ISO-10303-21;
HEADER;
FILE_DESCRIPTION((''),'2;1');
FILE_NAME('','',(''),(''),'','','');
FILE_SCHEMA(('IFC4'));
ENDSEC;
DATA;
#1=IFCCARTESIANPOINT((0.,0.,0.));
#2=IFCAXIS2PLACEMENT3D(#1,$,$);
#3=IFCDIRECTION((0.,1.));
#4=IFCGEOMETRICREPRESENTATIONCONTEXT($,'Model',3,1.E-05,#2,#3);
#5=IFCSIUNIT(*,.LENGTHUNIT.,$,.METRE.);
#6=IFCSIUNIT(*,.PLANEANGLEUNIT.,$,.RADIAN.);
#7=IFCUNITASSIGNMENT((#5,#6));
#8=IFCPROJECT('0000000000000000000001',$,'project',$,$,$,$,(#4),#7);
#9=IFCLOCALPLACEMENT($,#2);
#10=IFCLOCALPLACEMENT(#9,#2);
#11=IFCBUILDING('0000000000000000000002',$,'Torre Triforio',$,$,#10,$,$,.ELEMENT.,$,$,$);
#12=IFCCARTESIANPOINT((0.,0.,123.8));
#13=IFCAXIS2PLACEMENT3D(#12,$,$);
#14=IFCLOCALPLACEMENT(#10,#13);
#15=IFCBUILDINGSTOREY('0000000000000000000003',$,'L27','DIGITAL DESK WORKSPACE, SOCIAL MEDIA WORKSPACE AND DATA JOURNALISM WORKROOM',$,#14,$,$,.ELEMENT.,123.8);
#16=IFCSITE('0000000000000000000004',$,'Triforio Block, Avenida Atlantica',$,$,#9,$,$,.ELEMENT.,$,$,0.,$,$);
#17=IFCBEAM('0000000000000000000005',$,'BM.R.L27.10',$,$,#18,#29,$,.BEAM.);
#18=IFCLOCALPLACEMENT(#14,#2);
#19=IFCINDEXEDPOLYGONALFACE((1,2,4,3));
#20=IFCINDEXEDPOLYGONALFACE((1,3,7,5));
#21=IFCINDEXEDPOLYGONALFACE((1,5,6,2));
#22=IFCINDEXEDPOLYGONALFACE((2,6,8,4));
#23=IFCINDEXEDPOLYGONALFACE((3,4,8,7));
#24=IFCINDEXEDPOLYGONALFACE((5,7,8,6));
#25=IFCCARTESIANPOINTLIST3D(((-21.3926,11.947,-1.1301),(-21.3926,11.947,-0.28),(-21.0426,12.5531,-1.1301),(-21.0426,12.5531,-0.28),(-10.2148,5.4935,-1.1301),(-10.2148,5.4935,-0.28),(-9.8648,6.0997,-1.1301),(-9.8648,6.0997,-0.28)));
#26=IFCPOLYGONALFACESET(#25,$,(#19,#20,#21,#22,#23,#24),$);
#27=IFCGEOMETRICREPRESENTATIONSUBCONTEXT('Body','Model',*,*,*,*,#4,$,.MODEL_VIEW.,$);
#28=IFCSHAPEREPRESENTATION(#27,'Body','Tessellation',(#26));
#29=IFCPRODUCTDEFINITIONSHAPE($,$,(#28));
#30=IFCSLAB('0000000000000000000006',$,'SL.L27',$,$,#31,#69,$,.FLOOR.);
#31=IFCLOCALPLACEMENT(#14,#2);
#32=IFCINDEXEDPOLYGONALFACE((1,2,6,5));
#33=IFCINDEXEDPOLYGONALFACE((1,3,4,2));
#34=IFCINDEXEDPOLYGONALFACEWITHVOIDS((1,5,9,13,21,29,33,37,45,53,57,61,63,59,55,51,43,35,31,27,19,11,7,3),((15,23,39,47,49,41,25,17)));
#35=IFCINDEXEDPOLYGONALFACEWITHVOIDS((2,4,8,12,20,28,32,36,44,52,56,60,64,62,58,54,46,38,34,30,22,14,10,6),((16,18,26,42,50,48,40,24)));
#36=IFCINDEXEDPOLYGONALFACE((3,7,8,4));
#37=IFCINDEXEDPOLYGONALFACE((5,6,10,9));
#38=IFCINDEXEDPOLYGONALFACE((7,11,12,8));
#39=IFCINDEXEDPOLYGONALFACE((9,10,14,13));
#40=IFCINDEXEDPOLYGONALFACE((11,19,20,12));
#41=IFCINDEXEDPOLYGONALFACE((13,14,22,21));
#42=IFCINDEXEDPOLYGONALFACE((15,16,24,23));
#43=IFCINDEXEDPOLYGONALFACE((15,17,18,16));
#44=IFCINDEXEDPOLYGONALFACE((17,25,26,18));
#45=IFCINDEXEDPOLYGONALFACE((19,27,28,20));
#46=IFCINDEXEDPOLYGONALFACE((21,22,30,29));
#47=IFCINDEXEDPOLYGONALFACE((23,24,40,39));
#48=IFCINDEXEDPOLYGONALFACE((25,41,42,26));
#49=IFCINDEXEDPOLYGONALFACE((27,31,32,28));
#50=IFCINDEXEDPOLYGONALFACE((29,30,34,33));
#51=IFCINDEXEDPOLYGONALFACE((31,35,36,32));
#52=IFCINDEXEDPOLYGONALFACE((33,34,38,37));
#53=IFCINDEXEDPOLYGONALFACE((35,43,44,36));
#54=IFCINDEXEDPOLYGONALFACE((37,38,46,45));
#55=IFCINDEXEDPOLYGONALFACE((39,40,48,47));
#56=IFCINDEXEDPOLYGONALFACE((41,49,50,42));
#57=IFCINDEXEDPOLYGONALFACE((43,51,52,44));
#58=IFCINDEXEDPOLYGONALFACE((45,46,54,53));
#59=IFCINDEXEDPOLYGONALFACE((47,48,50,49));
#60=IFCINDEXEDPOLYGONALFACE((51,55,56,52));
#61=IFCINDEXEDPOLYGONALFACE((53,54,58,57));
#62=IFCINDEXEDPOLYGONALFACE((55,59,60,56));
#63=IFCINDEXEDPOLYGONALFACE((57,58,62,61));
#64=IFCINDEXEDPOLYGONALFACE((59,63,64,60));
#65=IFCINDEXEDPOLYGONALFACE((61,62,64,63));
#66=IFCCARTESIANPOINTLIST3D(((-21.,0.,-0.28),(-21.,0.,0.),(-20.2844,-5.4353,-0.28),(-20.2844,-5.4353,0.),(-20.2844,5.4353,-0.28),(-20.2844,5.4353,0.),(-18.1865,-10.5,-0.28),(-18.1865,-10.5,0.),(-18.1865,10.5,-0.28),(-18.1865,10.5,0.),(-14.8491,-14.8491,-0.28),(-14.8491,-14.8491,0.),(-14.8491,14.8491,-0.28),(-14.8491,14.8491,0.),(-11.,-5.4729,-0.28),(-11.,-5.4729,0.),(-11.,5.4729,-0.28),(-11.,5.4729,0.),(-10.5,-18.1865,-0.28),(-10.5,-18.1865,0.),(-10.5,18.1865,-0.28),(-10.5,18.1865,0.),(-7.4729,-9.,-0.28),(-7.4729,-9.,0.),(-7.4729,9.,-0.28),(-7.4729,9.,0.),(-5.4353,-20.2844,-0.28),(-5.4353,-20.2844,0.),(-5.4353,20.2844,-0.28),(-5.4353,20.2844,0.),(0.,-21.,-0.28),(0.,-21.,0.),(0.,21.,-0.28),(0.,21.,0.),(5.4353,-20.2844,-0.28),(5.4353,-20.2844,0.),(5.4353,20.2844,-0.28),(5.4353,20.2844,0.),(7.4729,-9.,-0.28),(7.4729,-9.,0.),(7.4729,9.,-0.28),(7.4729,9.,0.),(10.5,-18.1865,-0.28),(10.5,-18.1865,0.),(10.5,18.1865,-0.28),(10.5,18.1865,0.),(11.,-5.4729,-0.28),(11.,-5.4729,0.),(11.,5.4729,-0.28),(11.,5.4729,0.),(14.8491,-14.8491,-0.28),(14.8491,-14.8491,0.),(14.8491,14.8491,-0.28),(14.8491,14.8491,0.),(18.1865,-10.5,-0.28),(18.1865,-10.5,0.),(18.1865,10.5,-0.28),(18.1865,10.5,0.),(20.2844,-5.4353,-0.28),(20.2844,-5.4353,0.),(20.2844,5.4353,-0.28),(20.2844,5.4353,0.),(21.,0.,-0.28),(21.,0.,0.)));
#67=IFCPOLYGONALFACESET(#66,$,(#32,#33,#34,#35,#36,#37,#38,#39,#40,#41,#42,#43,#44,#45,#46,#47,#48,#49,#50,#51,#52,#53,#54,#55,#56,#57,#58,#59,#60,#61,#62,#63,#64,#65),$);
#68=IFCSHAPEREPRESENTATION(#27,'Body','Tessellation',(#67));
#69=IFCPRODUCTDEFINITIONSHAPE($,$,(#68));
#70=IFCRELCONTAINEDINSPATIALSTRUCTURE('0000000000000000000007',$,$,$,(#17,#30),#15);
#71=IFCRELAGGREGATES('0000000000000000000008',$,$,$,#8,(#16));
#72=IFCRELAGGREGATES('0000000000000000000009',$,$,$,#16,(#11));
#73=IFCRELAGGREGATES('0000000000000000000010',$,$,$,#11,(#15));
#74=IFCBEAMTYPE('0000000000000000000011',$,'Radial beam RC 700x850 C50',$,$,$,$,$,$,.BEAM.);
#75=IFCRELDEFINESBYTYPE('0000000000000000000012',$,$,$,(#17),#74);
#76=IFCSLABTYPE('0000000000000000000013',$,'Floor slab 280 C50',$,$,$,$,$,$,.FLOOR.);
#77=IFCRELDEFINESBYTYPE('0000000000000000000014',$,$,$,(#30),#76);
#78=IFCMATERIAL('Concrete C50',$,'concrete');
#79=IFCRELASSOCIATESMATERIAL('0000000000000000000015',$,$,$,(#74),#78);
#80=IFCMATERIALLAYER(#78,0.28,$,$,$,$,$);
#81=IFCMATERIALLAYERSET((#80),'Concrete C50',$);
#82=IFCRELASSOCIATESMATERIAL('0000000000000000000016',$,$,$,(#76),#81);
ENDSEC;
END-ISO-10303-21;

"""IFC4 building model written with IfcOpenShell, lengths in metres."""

from ifc_helpers import new_model, si_unit, direction, frame, origin, origin_2d, place, context, subcontext, project, spatial, polyline, rectangle, outline, extrude, material, layer, layer_set, material_profile, profile_set, type_object, element, save


model = new_model("IFC4")

# Units and contexts
model_context = context("Model", 3, precision=1e-05, world=origin(), true_north=direction((0.0, 1.0)))
body_context = subcontext(model_context, "Body", "Model", "MODEL_VIEW")
ifc_project = project(units=[si_unit("LENGTHUNIT", "METRE"), si_unit("PLANEANGLEUNIT", "RADIAN")], contexts=[model_context])

# Site, building, storey
site_placement = place(None, origin())
site = spatial("IfcSite", under=ifc_project, at=site_placement, Name="Triforio Block, Avenida Atlantica", CompositionType="ELEMENT", RefElevation=0.0)
building_placement = place(site_placement, origin())
building = spatial("IfcBuilding", under=site, at=building_placement, Name="Torre Triforio", CompositionType="ELEMENT")
storey_placement = place(building_placement, frame((0.0, 0.0, 123.8)))
storey = spatial("IfcBuildingStorey", under=building, at=storey_placement, Name="L27", Description="DIGITAL DESK WORKSPACE, SOCIAL MEDIA WORKSPACE AND DATA JOURNALISM WORKROOM", CompositionType="ELEMENT", Elevation=123.8)

# Beam
ifc_material_1 = material(Name="Concrete C50", Category="concrete")
ifc_material_profile = material_profile(ifc_material_1, rectangle(XDim=0.7, YDim=0.8501, at=origin_2d()), Name="RC 700x850")
ifc_profile_set = profile_set([ifc_material_profile], Name="Concrete C50")
beam_type = type_object("IfcBeamType", Name="Radial beam RC 700x850 C50", PredefinedType="BEAM", material=ifc_profile_set)
beam_placement = place(storey_placement, frame((-10.0398, 5.7966, -0.7051), z_axis=(-0.866029, 0.499994, 0.0), x_axis=(-0.499994, -0.866029, 0.0)))
element("IfcBeam", 1, at=beam_placement, inside=storey, type_object=beam_type, Name="BM.R.L27.10", PredefinedType="BEAM", context=body_context, shape_type="SweptSolid", body=[
    extrude(rectangle(XDim=0.7, YDim=0.8501, at=origin_2d()), origin(), (0.0, 0.0, 1.0), 12.907),
])

# Slab
ifc_layer_1 = layer(ifc_material_1, 0.28)
ifc_layer_set_1 = layer_set([ifc_layer_1], Name="Concrete C50")
slab_type_1 = type_object("IfcSlabType", Name="Floor slab 280 C50", PredefinedType="FLOOR", material=ifc_layer_set_1)
slab_1_placement = place(storey_placement, frame((0.0, 0.0, -0.28)))
element("IfcSlab", 2, at=slab_1_placement, inside=storey, type_object=slab_type_1, Name="SL.L27", PredefinedType="FLOOR", context=body_context, shape_type="SweptSolid", body=[
    extrude(outline(polyline([(18.1865, -10.5), (20.2844, -5.4353), (21.0, 0.0), (20.2844, 5.4353), (18.1865, 10.5), (14.8491, 14.8491), (10.5, 18.1865), (5.4353, 20.2844), (0.0, 21.0), (-5.4353, 20.2844), (-10.5, 18.1865), (-14.8491, 14.8491), (-18.1865, 10.5), (-20.2844, 5.4353), (-21.0, 0.0), (-20.2844, -5.4353), (-18.1865, -10.5), (-14.8491, -14.8491), (-10.5, -18.1865), (-5.4353, -20.2844), (0.0, -21.0), (5.4353, -20.2844), (10.5, -18.1865), (14.8491, -14.8491), (18.1865, -10.5)]), holes=[polyline([(11.0, 5.4729), (11.0, -5.4729), (7.4729, -9.0), (-7.4729, -9.0), (-11.0, -5.4729), (-11.0, 5.4729), (-7.4729, 9.0), (7.4729, 9.0), (11.0, 5.4729)])]), origin(), (0.0, 0.0, 1.0), 0.28),
])

save(model, "model.ifc")
